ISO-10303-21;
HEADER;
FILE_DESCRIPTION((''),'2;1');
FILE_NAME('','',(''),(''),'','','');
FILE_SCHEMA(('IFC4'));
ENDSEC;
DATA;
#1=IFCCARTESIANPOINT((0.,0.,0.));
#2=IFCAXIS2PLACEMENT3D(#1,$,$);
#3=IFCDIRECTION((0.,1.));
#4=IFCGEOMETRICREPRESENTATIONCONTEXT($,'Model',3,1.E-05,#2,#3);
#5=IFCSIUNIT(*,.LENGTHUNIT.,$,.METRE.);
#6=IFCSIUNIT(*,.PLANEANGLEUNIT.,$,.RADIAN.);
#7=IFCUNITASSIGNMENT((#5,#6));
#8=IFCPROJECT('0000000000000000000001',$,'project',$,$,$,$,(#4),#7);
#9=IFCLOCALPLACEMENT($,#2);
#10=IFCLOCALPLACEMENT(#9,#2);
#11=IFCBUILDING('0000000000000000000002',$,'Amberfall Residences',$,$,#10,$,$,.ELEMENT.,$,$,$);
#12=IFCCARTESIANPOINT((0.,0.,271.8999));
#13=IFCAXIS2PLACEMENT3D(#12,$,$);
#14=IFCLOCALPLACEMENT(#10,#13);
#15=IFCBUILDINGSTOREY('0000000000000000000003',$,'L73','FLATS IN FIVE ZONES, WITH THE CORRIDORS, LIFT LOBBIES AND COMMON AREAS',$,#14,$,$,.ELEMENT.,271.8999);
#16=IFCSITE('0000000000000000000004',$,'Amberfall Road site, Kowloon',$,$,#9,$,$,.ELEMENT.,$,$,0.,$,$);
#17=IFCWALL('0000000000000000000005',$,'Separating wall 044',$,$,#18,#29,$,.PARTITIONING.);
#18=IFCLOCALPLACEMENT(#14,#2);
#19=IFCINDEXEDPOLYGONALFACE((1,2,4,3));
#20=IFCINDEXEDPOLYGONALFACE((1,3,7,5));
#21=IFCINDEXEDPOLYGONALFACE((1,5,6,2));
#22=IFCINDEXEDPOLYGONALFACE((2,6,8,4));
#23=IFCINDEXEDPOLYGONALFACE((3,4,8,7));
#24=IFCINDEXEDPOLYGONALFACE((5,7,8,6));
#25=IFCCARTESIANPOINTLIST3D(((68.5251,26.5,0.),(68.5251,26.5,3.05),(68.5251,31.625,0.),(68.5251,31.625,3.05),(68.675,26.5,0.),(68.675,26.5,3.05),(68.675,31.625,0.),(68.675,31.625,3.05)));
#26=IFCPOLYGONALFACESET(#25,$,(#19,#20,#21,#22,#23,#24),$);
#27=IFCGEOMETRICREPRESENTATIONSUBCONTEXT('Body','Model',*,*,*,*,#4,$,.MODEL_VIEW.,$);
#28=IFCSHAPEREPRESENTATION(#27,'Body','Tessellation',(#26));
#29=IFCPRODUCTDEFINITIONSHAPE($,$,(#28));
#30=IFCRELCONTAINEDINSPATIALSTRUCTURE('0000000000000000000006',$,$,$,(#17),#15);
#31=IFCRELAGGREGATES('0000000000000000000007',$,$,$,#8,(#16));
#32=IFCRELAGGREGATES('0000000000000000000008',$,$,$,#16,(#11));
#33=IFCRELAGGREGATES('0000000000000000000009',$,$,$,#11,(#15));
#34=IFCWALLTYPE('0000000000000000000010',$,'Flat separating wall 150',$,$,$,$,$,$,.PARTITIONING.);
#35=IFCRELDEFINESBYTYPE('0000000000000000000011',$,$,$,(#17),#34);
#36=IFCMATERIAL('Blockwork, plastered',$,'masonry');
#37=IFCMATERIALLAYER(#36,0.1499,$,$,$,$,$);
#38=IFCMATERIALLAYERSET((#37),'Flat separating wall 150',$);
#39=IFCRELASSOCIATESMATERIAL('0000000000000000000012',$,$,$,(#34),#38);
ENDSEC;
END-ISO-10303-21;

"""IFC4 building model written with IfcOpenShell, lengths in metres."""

from ifc_helpers import new_model, si_unit, direction, frame, frame_2d, origin, place, context, subcontext, project, spatial, rectangle, extrude, material, layer, layer_set, type_object, element, save


model = new_model("IFC4")

# Units and contexts
model_context = context("Model", 3, precision=1e-05, world=origin(), true_north=direction((0.0, 1.0)))
body_context = subcontext(model_context, "Body", "Model", "MODEL_VIEW")
ifc_project = project(units=[si_unit("LENGTHUNIT", "METRE"), si_unit("PLANEANGLEUNIT", "RADIAN")], contexts=[model_context])

# Site, building, storey
site_placement = place(None, origin())
site = spatial("IfcSite", under=ifc_project, at=site_placement, Name="Amberfall Road site, Kowloon", CompositionType="ELEMENT", RefElevation=0.0)
building_placement = place(site_placement, origin())
building = spatial("IfcBuilding", under=site, at=building_placement, Name="Amberfall Residences", CompositionType="ELEMENT")
storey_placement = place(building_placement, frame((0.0, 0.0, 271.8999)))
storey = spatial("IfcBuildingStorey", under=building, at=storey_placement, Name="L73", Description="FLATS IN FIVE ZONES, WITH THE CORRIDORS, LIFT LOBBIES AND COMMON AREAS", CompositionType="ELEMENT", Elevation=271.8999)

# Wall
ifc_material_1 = material(Name="Blockwork, plastered", Category="masonry")
ifc_layer_1 = layer(ifc_material_1, 0.1499)
ifc_layer_set_1 = layer_set([ifc_layer_1], Name="Flat separating wall 150")
wall_type_1 = type_object("IfcWallType", Name="Flat separating wall 150", PredefinedType="PARTITIONING", material=ifc_layer_set_1)
wall_1_placement = place(storey_placement, frame((68.6001, 26.5, 0.0), z_axis=(0.0, 0.0, 1.0), x_axis=(0.0, 1.0, 0.0)))
element("IfcWall", 1, at=wall_1_placement, inside=storey, type_object=wall_type_1, Name="Separating wall 044", PredefinedType="PARTITIONING", context=body_context, shape_type="SweptSolid", body=[
    extrude(rectangle(XDim=5.125, YDim=0.1499, at=frame_2d((2.5625, 0.0))), origin(), (0.0, 0.0, 1.0), 3.05),
])

save(model, "model.ifc")
